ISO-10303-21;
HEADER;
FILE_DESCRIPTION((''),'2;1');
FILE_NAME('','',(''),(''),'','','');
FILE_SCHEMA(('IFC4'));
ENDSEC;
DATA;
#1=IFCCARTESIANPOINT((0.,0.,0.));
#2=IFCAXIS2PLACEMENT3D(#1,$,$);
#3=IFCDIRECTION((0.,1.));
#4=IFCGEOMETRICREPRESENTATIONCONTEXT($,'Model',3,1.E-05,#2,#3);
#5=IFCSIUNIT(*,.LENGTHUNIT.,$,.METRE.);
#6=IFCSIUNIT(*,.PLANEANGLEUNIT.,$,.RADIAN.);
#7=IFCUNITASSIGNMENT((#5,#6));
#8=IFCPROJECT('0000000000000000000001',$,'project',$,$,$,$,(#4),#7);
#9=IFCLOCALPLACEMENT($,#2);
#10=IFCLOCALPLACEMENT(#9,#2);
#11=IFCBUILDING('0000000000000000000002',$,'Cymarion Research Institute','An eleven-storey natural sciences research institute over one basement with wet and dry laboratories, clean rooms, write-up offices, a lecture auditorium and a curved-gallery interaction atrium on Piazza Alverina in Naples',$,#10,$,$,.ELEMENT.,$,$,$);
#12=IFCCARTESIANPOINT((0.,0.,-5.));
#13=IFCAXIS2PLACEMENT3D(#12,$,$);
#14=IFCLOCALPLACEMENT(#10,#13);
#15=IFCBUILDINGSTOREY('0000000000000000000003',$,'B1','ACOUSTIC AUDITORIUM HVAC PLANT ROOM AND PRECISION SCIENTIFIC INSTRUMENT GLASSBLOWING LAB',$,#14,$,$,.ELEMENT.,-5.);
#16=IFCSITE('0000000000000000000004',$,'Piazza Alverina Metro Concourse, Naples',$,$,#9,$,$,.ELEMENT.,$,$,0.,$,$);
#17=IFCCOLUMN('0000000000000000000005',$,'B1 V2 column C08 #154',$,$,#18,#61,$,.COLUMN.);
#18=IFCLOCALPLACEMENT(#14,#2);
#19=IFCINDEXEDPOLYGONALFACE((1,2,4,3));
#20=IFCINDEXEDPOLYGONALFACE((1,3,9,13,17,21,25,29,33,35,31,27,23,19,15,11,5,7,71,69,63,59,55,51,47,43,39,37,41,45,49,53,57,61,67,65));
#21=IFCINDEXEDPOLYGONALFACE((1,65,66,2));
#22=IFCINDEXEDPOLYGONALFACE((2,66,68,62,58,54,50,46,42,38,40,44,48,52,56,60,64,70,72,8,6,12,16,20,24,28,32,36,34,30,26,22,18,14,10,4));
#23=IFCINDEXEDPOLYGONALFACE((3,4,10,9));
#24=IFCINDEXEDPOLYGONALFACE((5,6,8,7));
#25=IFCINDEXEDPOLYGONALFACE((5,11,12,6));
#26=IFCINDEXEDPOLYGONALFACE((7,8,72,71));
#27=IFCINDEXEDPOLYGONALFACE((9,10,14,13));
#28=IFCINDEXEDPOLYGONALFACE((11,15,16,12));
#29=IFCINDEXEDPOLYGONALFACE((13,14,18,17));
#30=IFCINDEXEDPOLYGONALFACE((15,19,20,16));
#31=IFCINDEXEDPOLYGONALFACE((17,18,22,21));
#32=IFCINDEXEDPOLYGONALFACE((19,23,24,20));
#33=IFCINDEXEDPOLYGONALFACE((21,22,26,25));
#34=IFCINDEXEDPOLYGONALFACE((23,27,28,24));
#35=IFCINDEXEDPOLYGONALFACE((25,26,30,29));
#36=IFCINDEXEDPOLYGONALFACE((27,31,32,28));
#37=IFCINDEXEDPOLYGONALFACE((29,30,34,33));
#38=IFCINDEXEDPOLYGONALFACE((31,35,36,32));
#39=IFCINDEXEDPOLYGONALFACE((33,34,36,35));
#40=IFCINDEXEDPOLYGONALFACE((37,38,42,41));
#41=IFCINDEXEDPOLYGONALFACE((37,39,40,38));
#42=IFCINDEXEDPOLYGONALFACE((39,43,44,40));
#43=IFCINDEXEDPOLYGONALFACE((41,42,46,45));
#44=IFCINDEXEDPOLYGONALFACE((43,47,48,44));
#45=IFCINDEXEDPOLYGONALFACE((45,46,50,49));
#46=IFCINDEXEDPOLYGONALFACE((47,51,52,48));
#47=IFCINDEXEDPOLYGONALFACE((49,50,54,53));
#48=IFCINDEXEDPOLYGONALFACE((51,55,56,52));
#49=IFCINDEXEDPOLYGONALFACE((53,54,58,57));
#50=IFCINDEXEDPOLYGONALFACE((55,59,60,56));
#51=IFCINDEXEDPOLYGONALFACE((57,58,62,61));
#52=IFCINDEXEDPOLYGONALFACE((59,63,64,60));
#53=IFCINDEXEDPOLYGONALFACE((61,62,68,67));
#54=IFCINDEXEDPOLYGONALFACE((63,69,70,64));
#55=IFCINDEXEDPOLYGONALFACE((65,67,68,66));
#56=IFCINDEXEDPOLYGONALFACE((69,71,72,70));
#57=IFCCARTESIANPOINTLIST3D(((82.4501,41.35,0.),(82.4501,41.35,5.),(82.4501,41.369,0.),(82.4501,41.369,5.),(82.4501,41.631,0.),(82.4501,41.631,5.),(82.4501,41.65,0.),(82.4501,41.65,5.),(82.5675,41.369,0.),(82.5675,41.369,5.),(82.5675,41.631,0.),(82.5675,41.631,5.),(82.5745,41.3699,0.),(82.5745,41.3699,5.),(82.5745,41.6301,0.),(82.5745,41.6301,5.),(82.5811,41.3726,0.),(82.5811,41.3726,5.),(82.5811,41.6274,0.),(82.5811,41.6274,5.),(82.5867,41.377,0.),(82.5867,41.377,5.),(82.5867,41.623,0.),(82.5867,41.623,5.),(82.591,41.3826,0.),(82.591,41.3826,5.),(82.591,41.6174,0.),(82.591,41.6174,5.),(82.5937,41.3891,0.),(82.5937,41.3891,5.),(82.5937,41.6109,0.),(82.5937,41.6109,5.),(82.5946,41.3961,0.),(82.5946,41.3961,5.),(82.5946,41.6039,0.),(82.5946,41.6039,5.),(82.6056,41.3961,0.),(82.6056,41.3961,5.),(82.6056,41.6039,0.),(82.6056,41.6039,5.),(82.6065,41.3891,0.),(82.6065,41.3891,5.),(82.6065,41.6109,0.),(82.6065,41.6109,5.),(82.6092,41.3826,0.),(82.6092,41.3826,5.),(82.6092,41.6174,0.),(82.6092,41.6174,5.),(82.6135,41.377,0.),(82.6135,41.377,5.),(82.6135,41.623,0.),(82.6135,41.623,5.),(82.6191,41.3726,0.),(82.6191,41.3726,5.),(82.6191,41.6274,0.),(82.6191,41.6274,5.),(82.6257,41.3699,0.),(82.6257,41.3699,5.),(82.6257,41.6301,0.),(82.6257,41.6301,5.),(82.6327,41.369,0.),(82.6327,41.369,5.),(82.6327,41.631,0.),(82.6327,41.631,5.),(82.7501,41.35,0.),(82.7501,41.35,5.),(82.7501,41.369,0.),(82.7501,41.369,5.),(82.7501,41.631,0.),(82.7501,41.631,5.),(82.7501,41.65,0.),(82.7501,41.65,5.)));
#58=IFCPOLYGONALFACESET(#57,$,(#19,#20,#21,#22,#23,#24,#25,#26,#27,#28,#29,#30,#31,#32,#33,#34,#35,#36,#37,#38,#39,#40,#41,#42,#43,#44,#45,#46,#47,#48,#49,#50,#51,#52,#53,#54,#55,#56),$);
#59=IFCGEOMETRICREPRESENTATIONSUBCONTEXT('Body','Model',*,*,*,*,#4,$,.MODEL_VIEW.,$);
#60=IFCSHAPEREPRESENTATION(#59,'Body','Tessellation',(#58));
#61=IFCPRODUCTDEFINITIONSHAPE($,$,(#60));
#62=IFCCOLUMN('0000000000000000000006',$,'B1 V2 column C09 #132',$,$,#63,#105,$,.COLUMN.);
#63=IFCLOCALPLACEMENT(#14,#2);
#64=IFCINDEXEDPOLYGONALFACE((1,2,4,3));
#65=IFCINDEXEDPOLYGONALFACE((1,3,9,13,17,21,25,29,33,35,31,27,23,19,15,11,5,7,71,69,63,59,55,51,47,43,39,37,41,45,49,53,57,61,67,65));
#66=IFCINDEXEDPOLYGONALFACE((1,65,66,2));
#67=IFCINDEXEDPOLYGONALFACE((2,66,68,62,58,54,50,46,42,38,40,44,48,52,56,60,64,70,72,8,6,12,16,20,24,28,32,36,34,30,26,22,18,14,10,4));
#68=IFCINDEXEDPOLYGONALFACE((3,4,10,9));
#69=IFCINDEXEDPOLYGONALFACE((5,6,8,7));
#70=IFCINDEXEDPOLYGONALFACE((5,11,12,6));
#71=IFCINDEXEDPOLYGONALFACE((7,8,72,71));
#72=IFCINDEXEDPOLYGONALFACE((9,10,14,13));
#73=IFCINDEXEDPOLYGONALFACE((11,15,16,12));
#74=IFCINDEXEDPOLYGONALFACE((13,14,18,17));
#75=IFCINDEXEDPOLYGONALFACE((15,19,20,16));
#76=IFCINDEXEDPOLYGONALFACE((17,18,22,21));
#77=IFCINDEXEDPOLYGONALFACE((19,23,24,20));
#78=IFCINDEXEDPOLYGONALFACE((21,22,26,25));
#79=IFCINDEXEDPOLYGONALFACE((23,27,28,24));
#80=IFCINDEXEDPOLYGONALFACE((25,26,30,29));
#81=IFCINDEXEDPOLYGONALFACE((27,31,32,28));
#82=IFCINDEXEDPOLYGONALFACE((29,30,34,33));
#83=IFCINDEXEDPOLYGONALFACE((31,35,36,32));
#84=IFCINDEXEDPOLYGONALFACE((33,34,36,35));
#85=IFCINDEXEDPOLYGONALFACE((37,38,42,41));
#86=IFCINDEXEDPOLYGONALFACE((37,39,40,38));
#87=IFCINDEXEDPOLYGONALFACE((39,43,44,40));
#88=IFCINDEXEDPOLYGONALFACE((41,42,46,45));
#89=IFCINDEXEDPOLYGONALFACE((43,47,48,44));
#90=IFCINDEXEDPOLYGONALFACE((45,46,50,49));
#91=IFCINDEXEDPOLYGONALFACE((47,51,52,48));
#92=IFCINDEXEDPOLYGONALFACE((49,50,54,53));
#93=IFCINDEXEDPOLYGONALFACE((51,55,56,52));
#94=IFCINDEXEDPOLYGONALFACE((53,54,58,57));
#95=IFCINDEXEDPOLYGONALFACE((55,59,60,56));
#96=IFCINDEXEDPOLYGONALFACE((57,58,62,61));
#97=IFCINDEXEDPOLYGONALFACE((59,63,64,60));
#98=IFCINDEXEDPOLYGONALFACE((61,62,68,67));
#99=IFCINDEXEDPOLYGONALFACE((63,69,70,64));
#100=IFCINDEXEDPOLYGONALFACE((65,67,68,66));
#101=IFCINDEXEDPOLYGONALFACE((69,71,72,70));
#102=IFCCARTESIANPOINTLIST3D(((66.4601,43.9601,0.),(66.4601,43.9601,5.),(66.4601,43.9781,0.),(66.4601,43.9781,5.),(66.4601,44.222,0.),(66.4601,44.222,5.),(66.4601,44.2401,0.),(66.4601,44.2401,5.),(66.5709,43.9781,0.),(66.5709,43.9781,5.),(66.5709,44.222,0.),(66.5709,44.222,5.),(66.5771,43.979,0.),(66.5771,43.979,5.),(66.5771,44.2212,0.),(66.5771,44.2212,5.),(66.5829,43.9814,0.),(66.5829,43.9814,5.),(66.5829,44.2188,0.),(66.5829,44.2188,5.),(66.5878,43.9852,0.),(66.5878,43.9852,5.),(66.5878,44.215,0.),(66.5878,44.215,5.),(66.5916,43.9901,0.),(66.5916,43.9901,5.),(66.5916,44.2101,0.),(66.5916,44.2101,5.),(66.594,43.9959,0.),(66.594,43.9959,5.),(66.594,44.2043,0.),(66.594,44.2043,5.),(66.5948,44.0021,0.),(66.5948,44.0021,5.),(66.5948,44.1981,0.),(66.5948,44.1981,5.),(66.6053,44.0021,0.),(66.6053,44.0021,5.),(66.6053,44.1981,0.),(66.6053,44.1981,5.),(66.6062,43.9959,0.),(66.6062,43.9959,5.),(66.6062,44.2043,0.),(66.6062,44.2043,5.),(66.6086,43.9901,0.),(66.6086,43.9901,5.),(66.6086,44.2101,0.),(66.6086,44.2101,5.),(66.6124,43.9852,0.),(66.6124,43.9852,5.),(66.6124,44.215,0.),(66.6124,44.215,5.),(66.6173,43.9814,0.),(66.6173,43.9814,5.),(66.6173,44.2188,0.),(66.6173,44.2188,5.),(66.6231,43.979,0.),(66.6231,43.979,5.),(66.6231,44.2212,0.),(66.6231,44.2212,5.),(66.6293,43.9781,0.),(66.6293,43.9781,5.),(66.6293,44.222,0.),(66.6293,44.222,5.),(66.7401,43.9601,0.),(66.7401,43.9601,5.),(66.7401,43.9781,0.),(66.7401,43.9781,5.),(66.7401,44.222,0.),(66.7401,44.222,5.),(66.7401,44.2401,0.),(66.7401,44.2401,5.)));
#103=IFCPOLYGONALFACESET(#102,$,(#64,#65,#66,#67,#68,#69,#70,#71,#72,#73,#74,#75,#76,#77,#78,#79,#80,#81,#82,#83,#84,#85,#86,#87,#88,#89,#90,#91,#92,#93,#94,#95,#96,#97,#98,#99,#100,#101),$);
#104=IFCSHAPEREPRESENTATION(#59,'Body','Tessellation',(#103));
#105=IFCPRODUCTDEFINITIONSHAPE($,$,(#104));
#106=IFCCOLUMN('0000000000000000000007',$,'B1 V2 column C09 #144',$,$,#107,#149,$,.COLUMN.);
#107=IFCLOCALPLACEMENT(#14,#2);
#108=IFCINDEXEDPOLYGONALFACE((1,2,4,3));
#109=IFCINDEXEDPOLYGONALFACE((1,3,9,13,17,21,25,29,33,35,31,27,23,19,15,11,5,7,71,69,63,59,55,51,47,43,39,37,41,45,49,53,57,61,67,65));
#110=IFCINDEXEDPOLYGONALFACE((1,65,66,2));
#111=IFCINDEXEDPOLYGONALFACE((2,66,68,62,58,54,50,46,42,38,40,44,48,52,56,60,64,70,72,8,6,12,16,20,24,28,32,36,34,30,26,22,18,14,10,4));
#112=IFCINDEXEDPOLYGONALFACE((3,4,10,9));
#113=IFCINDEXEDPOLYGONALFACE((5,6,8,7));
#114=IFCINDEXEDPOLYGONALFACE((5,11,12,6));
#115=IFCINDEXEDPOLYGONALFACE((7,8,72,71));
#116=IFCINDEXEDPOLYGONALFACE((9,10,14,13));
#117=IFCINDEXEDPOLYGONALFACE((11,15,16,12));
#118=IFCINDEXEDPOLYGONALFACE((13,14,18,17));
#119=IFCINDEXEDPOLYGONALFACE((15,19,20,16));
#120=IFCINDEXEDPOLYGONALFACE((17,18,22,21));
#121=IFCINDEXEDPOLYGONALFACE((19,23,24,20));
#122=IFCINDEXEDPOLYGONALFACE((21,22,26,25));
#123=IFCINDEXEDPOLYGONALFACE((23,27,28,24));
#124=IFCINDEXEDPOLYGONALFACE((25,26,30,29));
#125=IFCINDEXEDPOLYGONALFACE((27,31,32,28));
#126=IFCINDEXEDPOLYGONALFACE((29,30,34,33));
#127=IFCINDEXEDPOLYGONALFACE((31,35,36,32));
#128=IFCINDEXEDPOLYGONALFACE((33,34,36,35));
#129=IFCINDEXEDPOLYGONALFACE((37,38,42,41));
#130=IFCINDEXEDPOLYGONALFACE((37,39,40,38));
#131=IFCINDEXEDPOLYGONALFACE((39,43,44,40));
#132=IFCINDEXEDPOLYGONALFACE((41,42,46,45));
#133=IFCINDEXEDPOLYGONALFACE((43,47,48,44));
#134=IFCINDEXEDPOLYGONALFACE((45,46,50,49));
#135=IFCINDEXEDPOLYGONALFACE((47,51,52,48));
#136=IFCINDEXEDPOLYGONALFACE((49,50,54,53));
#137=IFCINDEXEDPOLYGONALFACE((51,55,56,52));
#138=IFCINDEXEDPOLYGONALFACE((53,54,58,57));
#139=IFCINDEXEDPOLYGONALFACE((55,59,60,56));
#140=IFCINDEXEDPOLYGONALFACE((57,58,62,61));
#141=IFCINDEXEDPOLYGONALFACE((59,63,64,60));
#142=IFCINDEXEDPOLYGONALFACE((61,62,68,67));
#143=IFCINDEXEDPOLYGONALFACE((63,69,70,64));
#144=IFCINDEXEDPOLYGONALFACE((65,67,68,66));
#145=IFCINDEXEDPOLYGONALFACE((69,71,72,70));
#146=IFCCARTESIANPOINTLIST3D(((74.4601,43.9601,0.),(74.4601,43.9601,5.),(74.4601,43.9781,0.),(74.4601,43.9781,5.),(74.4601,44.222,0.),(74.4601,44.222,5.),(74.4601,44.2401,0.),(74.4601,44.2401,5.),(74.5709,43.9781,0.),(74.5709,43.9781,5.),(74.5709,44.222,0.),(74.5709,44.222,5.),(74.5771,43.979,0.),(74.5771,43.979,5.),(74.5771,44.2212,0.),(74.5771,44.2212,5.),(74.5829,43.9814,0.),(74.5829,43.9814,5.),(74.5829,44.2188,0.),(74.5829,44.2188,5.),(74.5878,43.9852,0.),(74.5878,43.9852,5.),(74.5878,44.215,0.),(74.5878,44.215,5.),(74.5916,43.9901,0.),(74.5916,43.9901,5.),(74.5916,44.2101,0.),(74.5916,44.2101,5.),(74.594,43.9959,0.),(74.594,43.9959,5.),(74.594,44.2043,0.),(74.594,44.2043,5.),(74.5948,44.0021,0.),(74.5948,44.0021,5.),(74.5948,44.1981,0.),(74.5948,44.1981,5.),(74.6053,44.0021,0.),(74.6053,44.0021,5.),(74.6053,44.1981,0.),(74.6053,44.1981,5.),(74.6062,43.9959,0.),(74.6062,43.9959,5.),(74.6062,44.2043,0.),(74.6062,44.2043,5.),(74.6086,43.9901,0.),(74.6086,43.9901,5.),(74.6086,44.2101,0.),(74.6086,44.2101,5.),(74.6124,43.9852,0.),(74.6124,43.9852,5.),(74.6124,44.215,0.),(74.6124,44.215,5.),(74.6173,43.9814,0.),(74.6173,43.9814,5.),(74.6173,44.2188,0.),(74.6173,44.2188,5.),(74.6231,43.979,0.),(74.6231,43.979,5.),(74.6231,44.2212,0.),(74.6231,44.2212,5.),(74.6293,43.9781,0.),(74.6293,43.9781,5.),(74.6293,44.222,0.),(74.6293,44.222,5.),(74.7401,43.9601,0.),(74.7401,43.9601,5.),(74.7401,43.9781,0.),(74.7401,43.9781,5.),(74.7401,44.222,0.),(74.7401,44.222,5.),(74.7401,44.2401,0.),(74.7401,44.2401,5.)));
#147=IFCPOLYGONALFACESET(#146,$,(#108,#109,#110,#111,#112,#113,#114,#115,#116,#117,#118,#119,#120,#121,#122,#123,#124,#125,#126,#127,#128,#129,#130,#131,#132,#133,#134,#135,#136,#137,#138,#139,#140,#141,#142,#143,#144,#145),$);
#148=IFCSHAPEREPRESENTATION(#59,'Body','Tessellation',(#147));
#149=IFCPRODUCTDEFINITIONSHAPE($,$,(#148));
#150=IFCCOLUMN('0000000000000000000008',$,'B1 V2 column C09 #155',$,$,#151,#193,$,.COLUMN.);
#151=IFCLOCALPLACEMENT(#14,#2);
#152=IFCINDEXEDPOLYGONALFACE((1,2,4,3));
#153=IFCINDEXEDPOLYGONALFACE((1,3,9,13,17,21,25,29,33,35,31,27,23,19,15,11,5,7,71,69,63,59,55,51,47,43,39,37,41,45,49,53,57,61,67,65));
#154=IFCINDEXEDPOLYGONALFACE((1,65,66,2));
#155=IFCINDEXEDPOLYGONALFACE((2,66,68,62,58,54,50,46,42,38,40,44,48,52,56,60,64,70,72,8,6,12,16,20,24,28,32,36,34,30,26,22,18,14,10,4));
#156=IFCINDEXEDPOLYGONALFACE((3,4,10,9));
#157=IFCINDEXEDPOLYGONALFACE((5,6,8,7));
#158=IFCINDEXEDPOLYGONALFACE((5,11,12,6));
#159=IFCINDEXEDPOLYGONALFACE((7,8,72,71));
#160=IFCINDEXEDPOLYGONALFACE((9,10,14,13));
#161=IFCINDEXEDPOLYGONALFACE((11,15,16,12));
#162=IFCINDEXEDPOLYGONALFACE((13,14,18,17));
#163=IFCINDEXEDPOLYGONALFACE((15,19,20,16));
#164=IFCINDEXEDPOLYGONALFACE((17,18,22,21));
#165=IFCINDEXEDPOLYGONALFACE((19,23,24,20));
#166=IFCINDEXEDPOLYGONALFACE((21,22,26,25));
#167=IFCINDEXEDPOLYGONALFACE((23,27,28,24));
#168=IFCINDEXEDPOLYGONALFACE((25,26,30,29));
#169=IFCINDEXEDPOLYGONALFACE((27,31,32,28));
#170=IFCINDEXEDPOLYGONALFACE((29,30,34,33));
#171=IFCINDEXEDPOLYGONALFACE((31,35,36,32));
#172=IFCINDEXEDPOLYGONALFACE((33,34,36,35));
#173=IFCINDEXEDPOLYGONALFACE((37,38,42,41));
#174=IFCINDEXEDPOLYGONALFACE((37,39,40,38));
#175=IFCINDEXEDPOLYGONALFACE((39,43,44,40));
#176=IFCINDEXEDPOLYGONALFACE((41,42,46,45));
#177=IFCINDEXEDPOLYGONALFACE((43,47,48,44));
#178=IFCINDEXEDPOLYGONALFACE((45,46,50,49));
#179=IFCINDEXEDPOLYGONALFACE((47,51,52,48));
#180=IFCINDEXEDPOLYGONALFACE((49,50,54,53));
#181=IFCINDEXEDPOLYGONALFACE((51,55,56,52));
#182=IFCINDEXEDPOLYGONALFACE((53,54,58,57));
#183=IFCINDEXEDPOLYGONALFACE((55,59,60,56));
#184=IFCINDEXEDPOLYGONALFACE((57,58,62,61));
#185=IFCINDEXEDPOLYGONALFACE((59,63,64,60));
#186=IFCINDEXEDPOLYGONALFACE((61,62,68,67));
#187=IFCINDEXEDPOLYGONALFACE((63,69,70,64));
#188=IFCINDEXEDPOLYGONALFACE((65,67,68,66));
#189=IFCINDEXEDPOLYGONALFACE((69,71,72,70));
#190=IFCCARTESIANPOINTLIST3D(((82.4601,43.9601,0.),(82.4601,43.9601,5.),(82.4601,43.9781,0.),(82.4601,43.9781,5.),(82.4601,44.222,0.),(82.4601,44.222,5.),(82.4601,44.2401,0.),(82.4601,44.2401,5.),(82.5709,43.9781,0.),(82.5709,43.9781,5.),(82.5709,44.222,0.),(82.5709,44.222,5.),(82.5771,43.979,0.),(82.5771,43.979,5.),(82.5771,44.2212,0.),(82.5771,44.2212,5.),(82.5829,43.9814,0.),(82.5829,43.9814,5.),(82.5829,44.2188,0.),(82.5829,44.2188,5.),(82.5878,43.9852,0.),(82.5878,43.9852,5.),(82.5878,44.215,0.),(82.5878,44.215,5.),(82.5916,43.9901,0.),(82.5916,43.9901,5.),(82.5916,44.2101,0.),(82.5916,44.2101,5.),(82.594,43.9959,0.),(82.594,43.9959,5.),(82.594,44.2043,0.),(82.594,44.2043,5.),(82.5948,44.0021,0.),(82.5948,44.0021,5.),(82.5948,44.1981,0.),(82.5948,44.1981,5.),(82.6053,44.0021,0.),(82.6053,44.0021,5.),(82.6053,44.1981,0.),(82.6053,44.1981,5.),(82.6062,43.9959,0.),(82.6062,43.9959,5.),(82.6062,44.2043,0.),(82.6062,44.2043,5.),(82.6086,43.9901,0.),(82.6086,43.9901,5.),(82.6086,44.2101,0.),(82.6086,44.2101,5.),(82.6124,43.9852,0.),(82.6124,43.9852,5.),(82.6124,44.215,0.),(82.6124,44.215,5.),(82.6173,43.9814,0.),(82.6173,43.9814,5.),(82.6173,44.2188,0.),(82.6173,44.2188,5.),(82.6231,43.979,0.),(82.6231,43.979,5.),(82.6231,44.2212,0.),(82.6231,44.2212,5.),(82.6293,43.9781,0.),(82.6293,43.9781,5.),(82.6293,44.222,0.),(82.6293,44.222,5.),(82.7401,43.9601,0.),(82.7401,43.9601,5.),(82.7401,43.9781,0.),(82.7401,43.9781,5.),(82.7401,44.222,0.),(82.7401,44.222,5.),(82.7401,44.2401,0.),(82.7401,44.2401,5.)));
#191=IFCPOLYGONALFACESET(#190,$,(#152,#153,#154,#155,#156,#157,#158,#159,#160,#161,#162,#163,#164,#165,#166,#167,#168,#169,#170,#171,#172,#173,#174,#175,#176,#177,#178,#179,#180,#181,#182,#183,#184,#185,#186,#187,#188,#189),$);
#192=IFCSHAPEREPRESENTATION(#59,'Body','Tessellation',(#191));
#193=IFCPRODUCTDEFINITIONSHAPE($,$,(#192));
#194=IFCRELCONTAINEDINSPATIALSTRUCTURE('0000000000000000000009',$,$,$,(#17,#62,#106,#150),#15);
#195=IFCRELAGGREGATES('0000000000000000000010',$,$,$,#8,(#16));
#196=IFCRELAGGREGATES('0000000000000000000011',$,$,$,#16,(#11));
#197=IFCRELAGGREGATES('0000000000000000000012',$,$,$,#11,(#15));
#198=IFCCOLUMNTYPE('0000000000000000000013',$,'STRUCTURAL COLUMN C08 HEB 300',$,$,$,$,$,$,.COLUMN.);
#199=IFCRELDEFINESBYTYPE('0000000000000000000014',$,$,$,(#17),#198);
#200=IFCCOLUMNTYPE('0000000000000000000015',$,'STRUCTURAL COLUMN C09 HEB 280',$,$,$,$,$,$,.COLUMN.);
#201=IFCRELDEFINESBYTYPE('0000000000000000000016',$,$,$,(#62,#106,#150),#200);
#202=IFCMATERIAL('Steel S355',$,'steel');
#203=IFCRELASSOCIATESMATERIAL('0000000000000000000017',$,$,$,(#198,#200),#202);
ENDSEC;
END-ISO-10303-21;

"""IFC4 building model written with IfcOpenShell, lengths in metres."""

from ifc_helpers import new_model, si_unit, direction, frame, origin, origin_2d, place, context, subcontext, project, spatial, i_section, extrude, material, material_profile, profile_set, type_object, element, save


model = new_model("IFC4")

# Units and contexts
model_context = context("Model", 3, precision=1e-05, world=origin(), true_north=direction((0.0, 1.0)))
body_context = subcontext(model_context, "Body", "Model", "MODEL_VIEW")
ifc_project = project(units=[si_unit("LENGTHUNIT", "METRE"), si_unit("PLANEANGLEUNIT", "RADIAN")], contexts=[model_context])

# Site, building, storey
site_placement = place(None, origin())
site = spatial("IfcSite", under=ifc_project, at=site_placement, Name="Piazza Alverina Metro Concourse, Naples", CompositionType="ELEMENT", RefElevation=0.0)
building_placement = place(site_placement, origin())
building = spatial("IfcBuilding", under=site, at=building_placement, Name="Cymarion Research Institute", Description="An eleven-storey natural sciences research institute over one basement with wet and dry laboratories, clean rooms, write-up offices, a lecture auditorium and a curved-gallery interaction atrium on Piazza Alverina in Naples", CompositionType="ELEMENT")
storey_placement = place(building_placement, frame((0.0, 0.0, -5.0)))
storey = spatial("IfcBuildingStorey", under=building, at=storey_placement, Name="B1", Description="ACOUSTIC AUDITORIUM HVAC PLANT ROOM AND PRECISION SCIENTIFIC INSTRUMENT GLASSBLOWING LAB", CompositionType="ELEMENT", Elevation=-5.0)

# Columns
ifc_material_1 = material(Name="Steel S355", Category="steel")
ifc_material_profile_1 = material_profile(ifc_material_1, i_section(OverallWidth=0.3, OverallDepth=0.3, WebThickness=0.011, FlangeThickness=0.019, FilletRadius=0.0271, at=origin_2d()), Name="HEB 300")
ifc_profile_set_1 = profile_set([ifc_material_profile_1], Name="Steel S355")
column_type_1 = type_object("IfcColumnType", Name="STRUCTURAL COLUMN C08 HEB 300", PredefinedType="COLUMN", material=ifc_profile_set_1)
for number, where, z_axis, x_axis, name in (
    (1, (82.6001, 41.5, 0.0), (0.0, 0.0, 1.0), (1.0, 0.0, 0.0), "B1 V2 column C08 #154"),
):
    element("IfcColumn", number, at=place(storey_placement, frame(where, z_axis=z_axis, x_axis=x_axis)), inside=storey, type_object=column_type_1, Name=name, PredefinedType="COLUMN", context=body_context, shape_type="SweptSolid", body=[
        extrude(i_section(OverallWidth=0.3, OverallDepth=0.3, WebThickness=0.011, FlangeThickness=0.019, FilletRadius=0.0271, at=origin_2d()), origin(), (0.0, 0.0, 1.0), 5.0),
    ])
ifc_material_profile_2 = material_profile(ifc_material_1, i_section(OverallWidth=0.28, OverallDepth=0.28, WebThickness=0.0105, FlangeThickness=0.0181, FilletRadius=0.0239, at=origin_2d()), Name="HEB 280")
ifc_profile_set_2 = profile_set([ifc_material_profile_2], Name="Steel S355")
column_type_2 = type_object("IfcColumnType", Name="STRUCTURAL COLUMN C09 HEB 280", PredefinedType="COLUMN", material=ifc_profile_set_2)
for number, where, z_axis, x_axis, name in (
    (2, (66.6001, 44.1001, 0.0), (0.0, 0.0, 1.0), (1.0, 0.0, 0.0), "B1 V2 column C09 #132"),
    (3, (74.6001, 44.1001, 0.0), (0.0, 0.0, 1.0), (1.0, 0.0, 0.0), "B1 V2 column C09 #144"),
    (4, (82.6001, 44.1001, 0.0), (0.0, 0.0, 1.0), (1.0, 0.0, 0.0), "B1 V2 column C09 #155"),
):
    element("IfcColumn", number, at=place(storey_placement, frame(where, z_axis=z_axis, x_axis=x_axis)), inside=storey, type_object=column_type_2, Name=name, PredefinedType="COLUMN", context=body_context, shape_type="SweptSolid", body=[
        extrude(i_section(OverallWidth=0.28, OverallDepth=0.28, WebThickness=0.0105, FlangeThickness=0.0181, FilletRadius=0.0239, at=origin_2d()), origin(), (0.0, 0.0, 1.0), 5.0),
    ])

save(model, "model.ifc")
